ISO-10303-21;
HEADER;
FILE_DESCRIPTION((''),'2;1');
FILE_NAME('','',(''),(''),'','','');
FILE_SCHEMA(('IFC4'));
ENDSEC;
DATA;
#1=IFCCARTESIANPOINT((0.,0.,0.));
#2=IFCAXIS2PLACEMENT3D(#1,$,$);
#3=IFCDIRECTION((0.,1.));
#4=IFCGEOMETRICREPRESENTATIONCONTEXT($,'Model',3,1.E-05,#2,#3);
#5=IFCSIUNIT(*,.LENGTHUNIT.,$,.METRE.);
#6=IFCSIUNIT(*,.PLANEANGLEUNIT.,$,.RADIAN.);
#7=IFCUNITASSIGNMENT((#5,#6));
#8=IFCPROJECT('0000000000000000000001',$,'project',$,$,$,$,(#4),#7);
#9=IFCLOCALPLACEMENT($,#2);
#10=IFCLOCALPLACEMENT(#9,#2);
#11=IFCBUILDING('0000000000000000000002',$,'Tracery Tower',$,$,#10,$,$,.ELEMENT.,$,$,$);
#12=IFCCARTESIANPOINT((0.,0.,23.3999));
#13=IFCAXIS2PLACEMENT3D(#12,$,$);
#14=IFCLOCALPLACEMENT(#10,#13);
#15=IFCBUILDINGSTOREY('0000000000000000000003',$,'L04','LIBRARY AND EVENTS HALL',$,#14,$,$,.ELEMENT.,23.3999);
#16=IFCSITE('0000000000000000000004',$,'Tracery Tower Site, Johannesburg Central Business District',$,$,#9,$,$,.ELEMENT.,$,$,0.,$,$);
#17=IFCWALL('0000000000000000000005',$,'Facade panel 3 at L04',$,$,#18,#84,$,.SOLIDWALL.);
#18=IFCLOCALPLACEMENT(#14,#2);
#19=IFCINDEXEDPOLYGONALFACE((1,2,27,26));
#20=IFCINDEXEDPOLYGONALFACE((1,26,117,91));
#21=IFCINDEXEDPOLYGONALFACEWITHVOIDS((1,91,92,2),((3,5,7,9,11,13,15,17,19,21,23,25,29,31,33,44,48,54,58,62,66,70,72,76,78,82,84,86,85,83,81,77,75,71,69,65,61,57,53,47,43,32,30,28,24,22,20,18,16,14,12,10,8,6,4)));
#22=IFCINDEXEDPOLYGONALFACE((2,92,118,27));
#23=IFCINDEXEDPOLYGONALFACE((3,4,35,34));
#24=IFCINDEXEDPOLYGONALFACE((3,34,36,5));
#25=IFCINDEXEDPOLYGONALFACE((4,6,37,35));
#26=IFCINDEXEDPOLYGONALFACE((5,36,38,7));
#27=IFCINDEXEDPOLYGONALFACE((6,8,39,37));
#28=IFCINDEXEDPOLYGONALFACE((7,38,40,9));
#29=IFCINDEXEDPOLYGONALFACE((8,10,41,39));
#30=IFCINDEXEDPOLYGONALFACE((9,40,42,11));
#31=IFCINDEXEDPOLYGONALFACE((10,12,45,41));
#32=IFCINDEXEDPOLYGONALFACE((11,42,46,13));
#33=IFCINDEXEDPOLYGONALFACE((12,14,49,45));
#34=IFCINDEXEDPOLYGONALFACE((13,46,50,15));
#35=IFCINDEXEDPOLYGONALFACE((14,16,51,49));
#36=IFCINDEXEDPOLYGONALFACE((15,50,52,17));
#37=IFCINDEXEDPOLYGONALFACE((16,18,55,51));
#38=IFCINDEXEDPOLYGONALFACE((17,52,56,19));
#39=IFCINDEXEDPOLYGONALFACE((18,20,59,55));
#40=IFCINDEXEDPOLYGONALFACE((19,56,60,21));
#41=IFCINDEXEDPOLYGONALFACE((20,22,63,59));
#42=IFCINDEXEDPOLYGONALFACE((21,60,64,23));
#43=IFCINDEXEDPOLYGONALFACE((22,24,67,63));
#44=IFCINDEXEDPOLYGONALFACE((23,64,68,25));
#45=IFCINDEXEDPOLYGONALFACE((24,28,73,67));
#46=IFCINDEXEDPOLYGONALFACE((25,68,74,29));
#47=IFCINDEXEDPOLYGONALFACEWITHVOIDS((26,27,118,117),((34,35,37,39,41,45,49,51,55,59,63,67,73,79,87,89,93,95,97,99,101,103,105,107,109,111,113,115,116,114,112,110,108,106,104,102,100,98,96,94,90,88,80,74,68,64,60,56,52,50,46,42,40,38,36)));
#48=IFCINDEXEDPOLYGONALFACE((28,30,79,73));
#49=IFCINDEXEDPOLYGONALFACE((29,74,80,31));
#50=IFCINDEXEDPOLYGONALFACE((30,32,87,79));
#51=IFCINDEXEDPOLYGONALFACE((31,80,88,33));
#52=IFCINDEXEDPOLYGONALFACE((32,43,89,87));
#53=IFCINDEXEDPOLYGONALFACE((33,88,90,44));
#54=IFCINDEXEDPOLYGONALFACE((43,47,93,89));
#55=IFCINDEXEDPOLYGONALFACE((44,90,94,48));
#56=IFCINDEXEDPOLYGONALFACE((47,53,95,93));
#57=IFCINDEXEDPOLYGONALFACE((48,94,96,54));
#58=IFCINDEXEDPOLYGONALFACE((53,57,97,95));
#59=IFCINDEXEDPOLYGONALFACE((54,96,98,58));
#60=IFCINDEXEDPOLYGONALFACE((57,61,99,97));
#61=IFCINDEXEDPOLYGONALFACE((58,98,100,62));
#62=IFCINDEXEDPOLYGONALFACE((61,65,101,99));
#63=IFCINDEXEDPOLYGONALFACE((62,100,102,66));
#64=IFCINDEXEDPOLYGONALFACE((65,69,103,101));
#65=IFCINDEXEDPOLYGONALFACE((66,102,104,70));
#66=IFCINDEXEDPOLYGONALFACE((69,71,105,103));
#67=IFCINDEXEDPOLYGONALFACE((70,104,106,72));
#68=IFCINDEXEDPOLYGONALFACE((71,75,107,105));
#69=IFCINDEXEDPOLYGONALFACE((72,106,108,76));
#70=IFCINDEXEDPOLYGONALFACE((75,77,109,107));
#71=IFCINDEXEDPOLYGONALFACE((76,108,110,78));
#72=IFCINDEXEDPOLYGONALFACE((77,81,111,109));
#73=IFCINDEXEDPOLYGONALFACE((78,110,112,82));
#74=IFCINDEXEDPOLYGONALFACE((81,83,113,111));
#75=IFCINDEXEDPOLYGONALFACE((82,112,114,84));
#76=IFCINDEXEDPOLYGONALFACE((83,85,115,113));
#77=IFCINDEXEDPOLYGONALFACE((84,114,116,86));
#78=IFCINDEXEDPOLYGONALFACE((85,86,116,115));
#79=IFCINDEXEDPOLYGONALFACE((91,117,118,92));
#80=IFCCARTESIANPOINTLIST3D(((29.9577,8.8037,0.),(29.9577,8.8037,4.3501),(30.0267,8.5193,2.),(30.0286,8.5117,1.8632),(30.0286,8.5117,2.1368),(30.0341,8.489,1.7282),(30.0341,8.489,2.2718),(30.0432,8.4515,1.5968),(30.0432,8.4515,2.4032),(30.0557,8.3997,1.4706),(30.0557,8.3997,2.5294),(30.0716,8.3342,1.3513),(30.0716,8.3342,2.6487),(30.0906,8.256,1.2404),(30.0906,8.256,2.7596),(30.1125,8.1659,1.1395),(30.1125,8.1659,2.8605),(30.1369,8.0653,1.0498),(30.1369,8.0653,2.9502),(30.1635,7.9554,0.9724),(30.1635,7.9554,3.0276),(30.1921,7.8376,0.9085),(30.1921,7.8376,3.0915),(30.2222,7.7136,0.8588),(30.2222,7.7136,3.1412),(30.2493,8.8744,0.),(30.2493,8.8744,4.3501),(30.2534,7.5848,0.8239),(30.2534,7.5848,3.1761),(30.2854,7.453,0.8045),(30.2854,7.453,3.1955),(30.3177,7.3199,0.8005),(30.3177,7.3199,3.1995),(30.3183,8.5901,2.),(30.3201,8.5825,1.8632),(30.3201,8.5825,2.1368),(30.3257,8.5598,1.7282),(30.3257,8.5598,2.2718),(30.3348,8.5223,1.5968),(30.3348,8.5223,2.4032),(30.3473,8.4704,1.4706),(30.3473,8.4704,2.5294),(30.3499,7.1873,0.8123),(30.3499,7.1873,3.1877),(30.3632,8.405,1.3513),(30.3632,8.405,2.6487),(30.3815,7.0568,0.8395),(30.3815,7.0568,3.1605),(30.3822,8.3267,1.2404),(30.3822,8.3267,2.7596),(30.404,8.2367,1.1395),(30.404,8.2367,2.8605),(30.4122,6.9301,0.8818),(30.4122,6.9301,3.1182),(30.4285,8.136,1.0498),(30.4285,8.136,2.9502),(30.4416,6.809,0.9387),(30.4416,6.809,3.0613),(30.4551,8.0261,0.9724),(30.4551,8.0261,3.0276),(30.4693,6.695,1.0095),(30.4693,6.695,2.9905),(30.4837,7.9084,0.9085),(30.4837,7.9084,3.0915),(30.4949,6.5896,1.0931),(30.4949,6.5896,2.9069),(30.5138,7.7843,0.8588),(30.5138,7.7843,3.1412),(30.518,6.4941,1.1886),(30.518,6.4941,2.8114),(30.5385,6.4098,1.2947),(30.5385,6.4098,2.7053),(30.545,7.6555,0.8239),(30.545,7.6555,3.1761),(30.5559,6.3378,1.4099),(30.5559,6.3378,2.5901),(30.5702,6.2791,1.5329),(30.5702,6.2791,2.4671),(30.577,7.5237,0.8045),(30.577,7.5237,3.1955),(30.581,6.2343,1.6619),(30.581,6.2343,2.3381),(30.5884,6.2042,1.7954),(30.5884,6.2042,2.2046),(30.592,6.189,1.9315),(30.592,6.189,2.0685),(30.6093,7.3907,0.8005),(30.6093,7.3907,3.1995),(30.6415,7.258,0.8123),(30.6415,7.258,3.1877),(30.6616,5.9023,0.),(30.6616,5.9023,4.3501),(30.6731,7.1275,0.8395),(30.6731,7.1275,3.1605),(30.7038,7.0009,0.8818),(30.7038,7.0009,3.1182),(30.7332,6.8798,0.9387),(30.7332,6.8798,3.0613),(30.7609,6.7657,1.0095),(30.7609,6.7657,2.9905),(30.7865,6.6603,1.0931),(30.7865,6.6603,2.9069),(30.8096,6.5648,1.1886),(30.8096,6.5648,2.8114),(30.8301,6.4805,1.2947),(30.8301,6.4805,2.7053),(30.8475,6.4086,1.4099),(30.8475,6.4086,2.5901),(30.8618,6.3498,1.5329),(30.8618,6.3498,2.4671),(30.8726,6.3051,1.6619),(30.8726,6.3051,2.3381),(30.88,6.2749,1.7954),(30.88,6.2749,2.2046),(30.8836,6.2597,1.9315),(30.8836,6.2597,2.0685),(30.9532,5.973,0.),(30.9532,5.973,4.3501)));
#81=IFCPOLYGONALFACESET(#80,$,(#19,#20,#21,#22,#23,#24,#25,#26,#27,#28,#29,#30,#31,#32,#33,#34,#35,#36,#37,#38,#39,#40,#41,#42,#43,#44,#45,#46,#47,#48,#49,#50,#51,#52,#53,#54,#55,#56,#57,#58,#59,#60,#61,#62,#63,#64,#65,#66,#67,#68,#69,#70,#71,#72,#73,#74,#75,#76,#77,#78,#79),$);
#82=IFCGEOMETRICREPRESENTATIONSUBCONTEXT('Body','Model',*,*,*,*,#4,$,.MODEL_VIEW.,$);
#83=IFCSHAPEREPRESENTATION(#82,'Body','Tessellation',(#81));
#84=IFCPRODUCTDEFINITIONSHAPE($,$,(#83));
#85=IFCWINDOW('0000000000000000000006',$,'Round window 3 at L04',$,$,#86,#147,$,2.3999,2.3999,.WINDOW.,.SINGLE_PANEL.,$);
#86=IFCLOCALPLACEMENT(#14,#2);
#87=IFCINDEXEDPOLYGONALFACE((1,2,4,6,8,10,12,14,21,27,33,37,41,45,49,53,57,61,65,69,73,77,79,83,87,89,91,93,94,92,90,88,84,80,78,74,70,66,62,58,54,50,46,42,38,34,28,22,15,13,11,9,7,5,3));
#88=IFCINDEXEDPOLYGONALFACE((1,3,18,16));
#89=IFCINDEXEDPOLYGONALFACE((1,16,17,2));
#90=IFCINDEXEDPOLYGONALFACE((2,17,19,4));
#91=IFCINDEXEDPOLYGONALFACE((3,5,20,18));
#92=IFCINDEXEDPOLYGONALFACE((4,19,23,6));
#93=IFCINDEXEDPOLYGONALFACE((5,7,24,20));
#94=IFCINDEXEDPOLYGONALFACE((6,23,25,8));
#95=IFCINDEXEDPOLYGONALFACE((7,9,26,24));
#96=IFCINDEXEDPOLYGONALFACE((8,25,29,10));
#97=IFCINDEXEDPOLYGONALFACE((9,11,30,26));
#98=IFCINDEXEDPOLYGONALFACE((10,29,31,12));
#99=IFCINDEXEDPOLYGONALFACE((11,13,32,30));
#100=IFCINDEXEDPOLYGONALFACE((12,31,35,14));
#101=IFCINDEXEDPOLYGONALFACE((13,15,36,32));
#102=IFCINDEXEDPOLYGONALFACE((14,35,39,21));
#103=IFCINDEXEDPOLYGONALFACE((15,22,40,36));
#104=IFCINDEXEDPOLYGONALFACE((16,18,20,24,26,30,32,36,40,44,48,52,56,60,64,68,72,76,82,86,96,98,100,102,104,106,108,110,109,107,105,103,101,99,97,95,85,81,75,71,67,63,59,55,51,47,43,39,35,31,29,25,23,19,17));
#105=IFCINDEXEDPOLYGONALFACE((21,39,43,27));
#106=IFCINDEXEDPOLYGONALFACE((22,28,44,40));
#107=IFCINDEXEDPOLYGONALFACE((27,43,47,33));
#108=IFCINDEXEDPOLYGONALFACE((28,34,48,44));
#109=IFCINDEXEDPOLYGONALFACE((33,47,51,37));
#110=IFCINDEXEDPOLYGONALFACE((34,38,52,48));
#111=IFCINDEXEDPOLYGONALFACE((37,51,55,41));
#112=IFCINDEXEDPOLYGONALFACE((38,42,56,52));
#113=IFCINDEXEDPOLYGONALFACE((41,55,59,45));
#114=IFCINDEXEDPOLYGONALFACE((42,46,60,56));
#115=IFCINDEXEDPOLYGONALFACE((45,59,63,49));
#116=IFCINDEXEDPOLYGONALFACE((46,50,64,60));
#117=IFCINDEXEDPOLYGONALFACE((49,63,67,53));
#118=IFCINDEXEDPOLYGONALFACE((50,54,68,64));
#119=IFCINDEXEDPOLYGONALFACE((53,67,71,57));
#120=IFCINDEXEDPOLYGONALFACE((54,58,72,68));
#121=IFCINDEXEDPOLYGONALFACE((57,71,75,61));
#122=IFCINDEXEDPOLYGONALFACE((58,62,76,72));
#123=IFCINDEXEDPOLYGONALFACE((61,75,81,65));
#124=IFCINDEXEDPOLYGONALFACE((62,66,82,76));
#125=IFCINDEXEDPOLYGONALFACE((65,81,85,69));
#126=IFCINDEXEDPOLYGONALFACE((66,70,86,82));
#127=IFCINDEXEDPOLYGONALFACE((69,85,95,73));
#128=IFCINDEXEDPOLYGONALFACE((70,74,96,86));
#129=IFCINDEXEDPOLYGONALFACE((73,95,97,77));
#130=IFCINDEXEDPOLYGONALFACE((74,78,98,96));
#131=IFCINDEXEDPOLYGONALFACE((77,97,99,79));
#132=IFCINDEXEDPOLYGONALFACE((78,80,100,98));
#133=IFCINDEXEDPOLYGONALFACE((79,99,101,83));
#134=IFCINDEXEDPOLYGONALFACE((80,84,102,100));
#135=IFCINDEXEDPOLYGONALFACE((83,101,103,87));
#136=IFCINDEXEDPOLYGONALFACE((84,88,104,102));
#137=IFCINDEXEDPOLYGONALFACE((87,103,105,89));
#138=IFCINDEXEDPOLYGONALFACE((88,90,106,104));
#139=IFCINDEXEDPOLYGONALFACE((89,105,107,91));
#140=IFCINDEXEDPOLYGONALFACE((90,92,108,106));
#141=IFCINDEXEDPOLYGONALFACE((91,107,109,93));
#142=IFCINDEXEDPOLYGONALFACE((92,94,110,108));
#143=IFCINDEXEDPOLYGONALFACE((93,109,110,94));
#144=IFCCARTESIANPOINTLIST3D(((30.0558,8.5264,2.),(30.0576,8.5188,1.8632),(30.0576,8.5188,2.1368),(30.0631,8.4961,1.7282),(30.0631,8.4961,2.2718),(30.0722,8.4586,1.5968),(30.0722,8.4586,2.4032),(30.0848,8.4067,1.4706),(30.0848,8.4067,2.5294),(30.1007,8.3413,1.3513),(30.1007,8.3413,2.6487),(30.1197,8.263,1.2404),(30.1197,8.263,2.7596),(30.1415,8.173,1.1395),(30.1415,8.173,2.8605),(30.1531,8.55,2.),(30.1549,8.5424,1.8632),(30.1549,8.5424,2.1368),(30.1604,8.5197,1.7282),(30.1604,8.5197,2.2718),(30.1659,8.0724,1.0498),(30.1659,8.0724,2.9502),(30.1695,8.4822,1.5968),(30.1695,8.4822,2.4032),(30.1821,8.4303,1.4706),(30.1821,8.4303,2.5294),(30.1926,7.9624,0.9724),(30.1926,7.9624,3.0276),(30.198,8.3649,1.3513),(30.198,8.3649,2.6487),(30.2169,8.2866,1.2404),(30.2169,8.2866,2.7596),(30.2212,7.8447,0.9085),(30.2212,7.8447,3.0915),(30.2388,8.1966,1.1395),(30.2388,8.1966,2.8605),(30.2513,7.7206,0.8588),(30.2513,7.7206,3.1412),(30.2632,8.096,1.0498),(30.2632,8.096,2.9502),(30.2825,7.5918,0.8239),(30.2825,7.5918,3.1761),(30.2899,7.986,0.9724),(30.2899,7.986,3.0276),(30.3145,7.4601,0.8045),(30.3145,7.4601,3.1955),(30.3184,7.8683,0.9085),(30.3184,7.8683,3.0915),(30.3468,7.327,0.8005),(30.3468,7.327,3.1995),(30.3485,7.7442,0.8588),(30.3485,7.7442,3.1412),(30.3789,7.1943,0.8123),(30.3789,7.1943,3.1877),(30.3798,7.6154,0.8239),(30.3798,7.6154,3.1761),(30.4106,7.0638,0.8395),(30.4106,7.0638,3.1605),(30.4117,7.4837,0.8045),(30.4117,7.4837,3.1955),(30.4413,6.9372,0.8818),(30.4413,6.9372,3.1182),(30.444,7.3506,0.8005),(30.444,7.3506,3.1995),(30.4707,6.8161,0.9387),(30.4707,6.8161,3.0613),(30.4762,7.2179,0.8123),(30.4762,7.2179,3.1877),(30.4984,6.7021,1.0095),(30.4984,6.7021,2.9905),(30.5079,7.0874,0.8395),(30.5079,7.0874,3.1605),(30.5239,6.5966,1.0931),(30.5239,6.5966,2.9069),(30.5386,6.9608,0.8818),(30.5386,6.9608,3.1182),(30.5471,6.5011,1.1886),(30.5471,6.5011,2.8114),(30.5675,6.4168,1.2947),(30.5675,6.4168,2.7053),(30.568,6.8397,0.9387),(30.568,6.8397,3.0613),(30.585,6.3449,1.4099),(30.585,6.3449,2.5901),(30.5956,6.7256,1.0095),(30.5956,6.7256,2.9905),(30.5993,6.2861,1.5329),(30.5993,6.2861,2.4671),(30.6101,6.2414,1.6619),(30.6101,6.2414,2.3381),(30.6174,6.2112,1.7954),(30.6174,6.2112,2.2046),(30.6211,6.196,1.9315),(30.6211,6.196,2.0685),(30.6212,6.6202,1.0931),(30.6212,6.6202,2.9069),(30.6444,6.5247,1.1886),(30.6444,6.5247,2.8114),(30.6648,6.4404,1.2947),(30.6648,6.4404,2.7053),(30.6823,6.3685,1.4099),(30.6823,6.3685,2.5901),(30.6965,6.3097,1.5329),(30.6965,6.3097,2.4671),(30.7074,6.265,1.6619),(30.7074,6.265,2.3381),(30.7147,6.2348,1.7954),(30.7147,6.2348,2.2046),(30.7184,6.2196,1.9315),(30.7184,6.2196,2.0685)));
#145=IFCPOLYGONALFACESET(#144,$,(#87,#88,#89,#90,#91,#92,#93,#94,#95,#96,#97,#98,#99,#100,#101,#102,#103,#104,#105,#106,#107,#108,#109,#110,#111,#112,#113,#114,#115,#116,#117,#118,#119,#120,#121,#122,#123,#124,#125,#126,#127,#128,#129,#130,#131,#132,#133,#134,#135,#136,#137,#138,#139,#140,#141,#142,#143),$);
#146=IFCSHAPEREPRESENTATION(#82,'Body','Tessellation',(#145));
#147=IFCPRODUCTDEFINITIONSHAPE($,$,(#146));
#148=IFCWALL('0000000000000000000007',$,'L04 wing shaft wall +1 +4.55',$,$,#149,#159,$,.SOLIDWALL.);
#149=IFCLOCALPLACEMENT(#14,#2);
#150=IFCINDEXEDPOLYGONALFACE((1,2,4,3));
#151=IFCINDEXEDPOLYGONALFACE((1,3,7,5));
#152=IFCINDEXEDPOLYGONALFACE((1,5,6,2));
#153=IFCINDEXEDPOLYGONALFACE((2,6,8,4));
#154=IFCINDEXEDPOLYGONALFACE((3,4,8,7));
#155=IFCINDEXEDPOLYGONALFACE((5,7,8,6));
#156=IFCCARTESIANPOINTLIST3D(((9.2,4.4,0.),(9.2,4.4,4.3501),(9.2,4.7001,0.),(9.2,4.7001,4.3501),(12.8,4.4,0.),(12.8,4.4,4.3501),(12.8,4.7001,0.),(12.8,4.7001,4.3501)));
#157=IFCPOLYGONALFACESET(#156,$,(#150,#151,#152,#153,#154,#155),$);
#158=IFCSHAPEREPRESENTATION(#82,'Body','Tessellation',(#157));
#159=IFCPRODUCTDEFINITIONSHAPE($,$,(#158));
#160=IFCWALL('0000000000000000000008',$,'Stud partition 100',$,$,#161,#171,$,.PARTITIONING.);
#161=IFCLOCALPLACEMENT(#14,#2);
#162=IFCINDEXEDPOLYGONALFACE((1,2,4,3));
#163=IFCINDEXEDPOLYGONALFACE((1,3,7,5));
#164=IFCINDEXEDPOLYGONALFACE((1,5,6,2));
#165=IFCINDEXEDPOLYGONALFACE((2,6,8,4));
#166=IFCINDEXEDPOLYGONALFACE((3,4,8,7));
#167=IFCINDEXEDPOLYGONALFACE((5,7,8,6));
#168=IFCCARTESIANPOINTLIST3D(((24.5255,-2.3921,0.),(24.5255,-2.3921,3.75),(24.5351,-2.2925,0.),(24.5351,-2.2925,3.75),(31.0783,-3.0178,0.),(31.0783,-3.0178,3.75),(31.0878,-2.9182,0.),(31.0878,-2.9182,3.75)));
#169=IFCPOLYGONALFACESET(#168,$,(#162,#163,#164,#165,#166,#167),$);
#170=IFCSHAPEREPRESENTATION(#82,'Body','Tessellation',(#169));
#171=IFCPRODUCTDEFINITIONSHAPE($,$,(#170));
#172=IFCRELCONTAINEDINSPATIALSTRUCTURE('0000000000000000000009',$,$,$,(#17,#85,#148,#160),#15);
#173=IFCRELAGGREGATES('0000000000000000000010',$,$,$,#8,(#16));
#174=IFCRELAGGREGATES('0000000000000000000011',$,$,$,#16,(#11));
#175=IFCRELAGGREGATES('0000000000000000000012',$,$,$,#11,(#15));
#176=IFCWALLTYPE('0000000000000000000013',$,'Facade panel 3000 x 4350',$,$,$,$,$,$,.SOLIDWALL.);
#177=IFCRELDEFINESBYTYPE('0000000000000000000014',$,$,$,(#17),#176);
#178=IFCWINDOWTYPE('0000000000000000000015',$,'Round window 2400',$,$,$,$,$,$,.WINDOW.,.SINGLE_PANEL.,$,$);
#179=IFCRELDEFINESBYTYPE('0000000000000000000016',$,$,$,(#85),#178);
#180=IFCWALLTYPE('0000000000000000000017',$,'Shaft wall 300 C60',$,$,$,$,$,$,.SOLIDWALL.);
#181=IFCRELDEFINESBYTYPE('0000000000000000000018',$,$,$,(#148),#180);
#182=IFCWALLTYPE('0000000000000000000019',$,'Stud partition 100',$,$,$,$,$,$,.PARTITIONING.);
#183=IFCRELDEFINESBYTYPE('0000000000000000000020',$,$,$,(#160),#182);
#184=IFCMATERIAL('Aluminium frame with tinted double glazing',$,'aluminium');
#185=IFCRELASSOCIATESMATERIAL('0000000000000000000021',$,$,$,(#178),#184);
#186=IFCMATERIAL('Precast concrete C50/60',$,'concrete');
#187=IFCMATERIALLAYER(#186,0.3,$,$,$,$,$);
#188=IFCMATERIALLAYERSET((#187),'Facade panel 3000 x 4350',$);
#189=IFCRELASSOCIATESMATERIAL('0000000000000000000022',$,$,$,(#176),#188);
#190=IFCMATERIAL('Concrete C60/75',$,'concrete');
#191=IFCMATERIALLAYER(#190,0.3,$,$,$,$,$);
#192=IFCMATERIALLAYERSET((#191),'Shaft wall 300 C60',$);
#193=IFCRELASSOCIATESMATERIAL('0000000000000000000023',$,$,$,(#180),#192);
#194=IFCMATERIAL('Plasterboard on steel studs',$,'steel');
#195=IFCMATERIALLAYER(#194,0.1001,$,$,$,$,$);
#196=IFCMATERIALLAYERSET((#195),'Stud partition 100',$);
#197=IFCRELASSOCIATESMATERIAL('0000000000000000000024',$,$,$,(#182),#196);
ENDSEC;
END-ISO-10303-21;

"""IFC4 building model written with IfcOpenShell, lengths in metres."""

from ifc_helpers import new_model, si_unit, direction, frame, frame_2d, origin, origin_2d, place, context, subcontext, project, spatial, rectangle, circle, extrude, material, layer, layer_set, type_object, element, fill, save


model = new_model("IFC4")

# Units and contexts
model_context = context("Model", 3, precision=1e-05, world=origin(), true_north=direction((0.0, 1.0)))
body_context = subcontext(model_context, "Body", "Model", "MODEL_VIEW")
ifc_project = project(units=[si_unit("LENGTHUNIT", "METRE"), si_unit("PLANEANGLEUNIT", "RADIAN")], contexts=[model_context])

# Site, building, storey
site_placement = place(None, origin())
site = spatial("IfcSite", under=ifc_project, at=site_placement, Name="Tracery Tower Site, Johannesburg Central Business District", CompositionType="ELEMENT", RefElevation=0.0)
building_placement = place(site_placement, origin())
building = spatial("IfcBuilding", under=site, at=building_placement, Name="Tracery Tower", CompositionType="ELEMENT")
storey_placement = place(building_placement, frame((0.0, 0.0, 23.3999)))
storey = spatial("IfcBuildingStorey", under=building, at=storey_placement, Name="L04", Description="LIBRARY AND EVENTS HALL", CompositionType="ELEMENT", Elevation=23.3999)

# Wall, opening, window
ifc_material_1 = material(Name="Aluminium frame with tinted double glazing", Category="aluminium")
window_type = type_object("IfcWindowType", Name="Round window 2400", PartitioningType="SINGLE_PANEL", PredefinedType="WINDOW", material=ifc_material_1)
ifc_material_2 = material(Name="Precast concrete C50/60", Category="concrete")
ifc_layer_1 = layer(ifc_material_2, 0.3)
ifc_layer_set_1 = layer_set([ifc_layer_1], Name="Facade panel 3000 x 4350")
wall_type_1 = type_object("IfcWallType", Name="Facade panel 3000 x 4350", PredefinedType="SOLIDWALL", material=ifc_layer_set_1)
wall_1_placement = place(storey_placement, frame((30.8074, 5.9377, 0.0), z_axis=(0.0, 0.0, 1.0), x_axis=(-0.235757, 0.971812, 0.0)))
wall_1 = element("IfcWall", 1, at=wall_1_placement, inside=storey, type_object=wall_type_1, Name="Facade panel 3 at L04", PredefinedType="SOLIDWALL", context=body_context, shape_type="SweptSolid", body=[
    extrude(rectangle(XDim=2.9856, YDim=0.3, at=frame_2d((1.4927, 0.0))), origin(), (0.0, 0.0, 1.0), 4.3501),
])
opening_1_placement = place(wall_1_placement, frame((1.4929, 0.0, 2.0)))
opening_1 = element("IfcOpeningElement", 2, at=opening_1_placement, cuts=wall_1, PredefinedType="OPENING", context=body_context, shape_type="SweptSolid", body=[
    extrude(circle(Radius=1.2, at=origin_2d()), frame((0.0, 0.1599, 0.0), z_axis=(0.0, -1.0, 0.0), x_axis=(1.0, 0.0, 0.0)), (0.0, 0.0, 1.0), 0.3201),
])
window_1_placement = place(opening_1_placement, origin())
window_1 = element("IfcWindow", 3, at=window_1_placement, inside=storey, type_object=window_type, Name="Round window 3 at L04", OverallHeight=2.3999, OverallWidth=2.3999, PartitioningType="SINGLE_PANEL", PredefinedType="WINDOW", context=body_context, shape_type="SweptSolid", body=[
    extrude(circle(Radius=1.2, at=origin_2d()), frame((0.0, 0.1201, 0.0), z_axis=(0.0, -1.0, 0.0), x_axis=(1.0, 0.0, 0.0)), (0.0, 0.0, 1.0), 0.1001),
])
fill(opening_1, window_1)

# Walls
ifc_material_3 = material(Name="Concrete C60/75", Category="concrete")
ifc_layer_2 = layer(ifc_material_3, 0.3)
ifc_layer_set_2 = layer_set([ifc_layer_2], Name="Shaft wall 300 C60")
wall_type_2 = type_object("IfcWallType", Name="Shaft wall 300 C60", PredefinedType="SOLIDWALL", material=ifc_layer_set_2)
wall_2_placement = place(storey_placement, frame((9.2, 4.55, 0.0), z_axis=(0.0, 0.0, 1.0), x_axis=(1.0, 0.0, 0.0)))
element("IfcWall", 4, at=wall_2_placement, inside=storey, type_object=wall_type_2, Name="L04 wing shaft wall +1 +4.55", PredefinedType="SOLIDWALL", context=body_context, shape_type="SweptSolid", body=[
    extrude(rectangle(XDim=3.6001, YDim=0.3, at=frame_2d((1.8, 0.0))), origin(), (0.0, 0.0, 1.0), 4.3501),
])
ifc_material_4 = material(Name="Plasterboard on steel studs", Category="steel")
ifc_layer_3 = layer(ifc_material_4, 0.1001)
ifc_layer_set_3 = layer_set([ifc_layer_3], Name="Stud partition 100")
wall_type_3 = type_object("IfcWallType", Name="Stud partition 100", PredefinedType="PARTITIONING", material=ifc_layer_set_3)
wall_3_placement = place(storey_placement, frame((31.083, -2.968, 0.0), z_axis=(0.0, 0.0, 1.0), x_axis=(-0.995472, 0.095059, 0.0)))
element("IfcWall", 5, at=wall_3_placement, inside=storey, type_object=wall_type_3, Name="Stud partition 100", PredefinedType="PARTITIONING", context=body_context, shape_type="SweptSolid", body=[
    extrude(rectangle(XDim=6.5825, YDim=0.1001, at=frame_2d((3.2913, 0.0))), origin(), (0.0, 0.0, 1.0), 3.75),
])

save(model, "model.ifc")
